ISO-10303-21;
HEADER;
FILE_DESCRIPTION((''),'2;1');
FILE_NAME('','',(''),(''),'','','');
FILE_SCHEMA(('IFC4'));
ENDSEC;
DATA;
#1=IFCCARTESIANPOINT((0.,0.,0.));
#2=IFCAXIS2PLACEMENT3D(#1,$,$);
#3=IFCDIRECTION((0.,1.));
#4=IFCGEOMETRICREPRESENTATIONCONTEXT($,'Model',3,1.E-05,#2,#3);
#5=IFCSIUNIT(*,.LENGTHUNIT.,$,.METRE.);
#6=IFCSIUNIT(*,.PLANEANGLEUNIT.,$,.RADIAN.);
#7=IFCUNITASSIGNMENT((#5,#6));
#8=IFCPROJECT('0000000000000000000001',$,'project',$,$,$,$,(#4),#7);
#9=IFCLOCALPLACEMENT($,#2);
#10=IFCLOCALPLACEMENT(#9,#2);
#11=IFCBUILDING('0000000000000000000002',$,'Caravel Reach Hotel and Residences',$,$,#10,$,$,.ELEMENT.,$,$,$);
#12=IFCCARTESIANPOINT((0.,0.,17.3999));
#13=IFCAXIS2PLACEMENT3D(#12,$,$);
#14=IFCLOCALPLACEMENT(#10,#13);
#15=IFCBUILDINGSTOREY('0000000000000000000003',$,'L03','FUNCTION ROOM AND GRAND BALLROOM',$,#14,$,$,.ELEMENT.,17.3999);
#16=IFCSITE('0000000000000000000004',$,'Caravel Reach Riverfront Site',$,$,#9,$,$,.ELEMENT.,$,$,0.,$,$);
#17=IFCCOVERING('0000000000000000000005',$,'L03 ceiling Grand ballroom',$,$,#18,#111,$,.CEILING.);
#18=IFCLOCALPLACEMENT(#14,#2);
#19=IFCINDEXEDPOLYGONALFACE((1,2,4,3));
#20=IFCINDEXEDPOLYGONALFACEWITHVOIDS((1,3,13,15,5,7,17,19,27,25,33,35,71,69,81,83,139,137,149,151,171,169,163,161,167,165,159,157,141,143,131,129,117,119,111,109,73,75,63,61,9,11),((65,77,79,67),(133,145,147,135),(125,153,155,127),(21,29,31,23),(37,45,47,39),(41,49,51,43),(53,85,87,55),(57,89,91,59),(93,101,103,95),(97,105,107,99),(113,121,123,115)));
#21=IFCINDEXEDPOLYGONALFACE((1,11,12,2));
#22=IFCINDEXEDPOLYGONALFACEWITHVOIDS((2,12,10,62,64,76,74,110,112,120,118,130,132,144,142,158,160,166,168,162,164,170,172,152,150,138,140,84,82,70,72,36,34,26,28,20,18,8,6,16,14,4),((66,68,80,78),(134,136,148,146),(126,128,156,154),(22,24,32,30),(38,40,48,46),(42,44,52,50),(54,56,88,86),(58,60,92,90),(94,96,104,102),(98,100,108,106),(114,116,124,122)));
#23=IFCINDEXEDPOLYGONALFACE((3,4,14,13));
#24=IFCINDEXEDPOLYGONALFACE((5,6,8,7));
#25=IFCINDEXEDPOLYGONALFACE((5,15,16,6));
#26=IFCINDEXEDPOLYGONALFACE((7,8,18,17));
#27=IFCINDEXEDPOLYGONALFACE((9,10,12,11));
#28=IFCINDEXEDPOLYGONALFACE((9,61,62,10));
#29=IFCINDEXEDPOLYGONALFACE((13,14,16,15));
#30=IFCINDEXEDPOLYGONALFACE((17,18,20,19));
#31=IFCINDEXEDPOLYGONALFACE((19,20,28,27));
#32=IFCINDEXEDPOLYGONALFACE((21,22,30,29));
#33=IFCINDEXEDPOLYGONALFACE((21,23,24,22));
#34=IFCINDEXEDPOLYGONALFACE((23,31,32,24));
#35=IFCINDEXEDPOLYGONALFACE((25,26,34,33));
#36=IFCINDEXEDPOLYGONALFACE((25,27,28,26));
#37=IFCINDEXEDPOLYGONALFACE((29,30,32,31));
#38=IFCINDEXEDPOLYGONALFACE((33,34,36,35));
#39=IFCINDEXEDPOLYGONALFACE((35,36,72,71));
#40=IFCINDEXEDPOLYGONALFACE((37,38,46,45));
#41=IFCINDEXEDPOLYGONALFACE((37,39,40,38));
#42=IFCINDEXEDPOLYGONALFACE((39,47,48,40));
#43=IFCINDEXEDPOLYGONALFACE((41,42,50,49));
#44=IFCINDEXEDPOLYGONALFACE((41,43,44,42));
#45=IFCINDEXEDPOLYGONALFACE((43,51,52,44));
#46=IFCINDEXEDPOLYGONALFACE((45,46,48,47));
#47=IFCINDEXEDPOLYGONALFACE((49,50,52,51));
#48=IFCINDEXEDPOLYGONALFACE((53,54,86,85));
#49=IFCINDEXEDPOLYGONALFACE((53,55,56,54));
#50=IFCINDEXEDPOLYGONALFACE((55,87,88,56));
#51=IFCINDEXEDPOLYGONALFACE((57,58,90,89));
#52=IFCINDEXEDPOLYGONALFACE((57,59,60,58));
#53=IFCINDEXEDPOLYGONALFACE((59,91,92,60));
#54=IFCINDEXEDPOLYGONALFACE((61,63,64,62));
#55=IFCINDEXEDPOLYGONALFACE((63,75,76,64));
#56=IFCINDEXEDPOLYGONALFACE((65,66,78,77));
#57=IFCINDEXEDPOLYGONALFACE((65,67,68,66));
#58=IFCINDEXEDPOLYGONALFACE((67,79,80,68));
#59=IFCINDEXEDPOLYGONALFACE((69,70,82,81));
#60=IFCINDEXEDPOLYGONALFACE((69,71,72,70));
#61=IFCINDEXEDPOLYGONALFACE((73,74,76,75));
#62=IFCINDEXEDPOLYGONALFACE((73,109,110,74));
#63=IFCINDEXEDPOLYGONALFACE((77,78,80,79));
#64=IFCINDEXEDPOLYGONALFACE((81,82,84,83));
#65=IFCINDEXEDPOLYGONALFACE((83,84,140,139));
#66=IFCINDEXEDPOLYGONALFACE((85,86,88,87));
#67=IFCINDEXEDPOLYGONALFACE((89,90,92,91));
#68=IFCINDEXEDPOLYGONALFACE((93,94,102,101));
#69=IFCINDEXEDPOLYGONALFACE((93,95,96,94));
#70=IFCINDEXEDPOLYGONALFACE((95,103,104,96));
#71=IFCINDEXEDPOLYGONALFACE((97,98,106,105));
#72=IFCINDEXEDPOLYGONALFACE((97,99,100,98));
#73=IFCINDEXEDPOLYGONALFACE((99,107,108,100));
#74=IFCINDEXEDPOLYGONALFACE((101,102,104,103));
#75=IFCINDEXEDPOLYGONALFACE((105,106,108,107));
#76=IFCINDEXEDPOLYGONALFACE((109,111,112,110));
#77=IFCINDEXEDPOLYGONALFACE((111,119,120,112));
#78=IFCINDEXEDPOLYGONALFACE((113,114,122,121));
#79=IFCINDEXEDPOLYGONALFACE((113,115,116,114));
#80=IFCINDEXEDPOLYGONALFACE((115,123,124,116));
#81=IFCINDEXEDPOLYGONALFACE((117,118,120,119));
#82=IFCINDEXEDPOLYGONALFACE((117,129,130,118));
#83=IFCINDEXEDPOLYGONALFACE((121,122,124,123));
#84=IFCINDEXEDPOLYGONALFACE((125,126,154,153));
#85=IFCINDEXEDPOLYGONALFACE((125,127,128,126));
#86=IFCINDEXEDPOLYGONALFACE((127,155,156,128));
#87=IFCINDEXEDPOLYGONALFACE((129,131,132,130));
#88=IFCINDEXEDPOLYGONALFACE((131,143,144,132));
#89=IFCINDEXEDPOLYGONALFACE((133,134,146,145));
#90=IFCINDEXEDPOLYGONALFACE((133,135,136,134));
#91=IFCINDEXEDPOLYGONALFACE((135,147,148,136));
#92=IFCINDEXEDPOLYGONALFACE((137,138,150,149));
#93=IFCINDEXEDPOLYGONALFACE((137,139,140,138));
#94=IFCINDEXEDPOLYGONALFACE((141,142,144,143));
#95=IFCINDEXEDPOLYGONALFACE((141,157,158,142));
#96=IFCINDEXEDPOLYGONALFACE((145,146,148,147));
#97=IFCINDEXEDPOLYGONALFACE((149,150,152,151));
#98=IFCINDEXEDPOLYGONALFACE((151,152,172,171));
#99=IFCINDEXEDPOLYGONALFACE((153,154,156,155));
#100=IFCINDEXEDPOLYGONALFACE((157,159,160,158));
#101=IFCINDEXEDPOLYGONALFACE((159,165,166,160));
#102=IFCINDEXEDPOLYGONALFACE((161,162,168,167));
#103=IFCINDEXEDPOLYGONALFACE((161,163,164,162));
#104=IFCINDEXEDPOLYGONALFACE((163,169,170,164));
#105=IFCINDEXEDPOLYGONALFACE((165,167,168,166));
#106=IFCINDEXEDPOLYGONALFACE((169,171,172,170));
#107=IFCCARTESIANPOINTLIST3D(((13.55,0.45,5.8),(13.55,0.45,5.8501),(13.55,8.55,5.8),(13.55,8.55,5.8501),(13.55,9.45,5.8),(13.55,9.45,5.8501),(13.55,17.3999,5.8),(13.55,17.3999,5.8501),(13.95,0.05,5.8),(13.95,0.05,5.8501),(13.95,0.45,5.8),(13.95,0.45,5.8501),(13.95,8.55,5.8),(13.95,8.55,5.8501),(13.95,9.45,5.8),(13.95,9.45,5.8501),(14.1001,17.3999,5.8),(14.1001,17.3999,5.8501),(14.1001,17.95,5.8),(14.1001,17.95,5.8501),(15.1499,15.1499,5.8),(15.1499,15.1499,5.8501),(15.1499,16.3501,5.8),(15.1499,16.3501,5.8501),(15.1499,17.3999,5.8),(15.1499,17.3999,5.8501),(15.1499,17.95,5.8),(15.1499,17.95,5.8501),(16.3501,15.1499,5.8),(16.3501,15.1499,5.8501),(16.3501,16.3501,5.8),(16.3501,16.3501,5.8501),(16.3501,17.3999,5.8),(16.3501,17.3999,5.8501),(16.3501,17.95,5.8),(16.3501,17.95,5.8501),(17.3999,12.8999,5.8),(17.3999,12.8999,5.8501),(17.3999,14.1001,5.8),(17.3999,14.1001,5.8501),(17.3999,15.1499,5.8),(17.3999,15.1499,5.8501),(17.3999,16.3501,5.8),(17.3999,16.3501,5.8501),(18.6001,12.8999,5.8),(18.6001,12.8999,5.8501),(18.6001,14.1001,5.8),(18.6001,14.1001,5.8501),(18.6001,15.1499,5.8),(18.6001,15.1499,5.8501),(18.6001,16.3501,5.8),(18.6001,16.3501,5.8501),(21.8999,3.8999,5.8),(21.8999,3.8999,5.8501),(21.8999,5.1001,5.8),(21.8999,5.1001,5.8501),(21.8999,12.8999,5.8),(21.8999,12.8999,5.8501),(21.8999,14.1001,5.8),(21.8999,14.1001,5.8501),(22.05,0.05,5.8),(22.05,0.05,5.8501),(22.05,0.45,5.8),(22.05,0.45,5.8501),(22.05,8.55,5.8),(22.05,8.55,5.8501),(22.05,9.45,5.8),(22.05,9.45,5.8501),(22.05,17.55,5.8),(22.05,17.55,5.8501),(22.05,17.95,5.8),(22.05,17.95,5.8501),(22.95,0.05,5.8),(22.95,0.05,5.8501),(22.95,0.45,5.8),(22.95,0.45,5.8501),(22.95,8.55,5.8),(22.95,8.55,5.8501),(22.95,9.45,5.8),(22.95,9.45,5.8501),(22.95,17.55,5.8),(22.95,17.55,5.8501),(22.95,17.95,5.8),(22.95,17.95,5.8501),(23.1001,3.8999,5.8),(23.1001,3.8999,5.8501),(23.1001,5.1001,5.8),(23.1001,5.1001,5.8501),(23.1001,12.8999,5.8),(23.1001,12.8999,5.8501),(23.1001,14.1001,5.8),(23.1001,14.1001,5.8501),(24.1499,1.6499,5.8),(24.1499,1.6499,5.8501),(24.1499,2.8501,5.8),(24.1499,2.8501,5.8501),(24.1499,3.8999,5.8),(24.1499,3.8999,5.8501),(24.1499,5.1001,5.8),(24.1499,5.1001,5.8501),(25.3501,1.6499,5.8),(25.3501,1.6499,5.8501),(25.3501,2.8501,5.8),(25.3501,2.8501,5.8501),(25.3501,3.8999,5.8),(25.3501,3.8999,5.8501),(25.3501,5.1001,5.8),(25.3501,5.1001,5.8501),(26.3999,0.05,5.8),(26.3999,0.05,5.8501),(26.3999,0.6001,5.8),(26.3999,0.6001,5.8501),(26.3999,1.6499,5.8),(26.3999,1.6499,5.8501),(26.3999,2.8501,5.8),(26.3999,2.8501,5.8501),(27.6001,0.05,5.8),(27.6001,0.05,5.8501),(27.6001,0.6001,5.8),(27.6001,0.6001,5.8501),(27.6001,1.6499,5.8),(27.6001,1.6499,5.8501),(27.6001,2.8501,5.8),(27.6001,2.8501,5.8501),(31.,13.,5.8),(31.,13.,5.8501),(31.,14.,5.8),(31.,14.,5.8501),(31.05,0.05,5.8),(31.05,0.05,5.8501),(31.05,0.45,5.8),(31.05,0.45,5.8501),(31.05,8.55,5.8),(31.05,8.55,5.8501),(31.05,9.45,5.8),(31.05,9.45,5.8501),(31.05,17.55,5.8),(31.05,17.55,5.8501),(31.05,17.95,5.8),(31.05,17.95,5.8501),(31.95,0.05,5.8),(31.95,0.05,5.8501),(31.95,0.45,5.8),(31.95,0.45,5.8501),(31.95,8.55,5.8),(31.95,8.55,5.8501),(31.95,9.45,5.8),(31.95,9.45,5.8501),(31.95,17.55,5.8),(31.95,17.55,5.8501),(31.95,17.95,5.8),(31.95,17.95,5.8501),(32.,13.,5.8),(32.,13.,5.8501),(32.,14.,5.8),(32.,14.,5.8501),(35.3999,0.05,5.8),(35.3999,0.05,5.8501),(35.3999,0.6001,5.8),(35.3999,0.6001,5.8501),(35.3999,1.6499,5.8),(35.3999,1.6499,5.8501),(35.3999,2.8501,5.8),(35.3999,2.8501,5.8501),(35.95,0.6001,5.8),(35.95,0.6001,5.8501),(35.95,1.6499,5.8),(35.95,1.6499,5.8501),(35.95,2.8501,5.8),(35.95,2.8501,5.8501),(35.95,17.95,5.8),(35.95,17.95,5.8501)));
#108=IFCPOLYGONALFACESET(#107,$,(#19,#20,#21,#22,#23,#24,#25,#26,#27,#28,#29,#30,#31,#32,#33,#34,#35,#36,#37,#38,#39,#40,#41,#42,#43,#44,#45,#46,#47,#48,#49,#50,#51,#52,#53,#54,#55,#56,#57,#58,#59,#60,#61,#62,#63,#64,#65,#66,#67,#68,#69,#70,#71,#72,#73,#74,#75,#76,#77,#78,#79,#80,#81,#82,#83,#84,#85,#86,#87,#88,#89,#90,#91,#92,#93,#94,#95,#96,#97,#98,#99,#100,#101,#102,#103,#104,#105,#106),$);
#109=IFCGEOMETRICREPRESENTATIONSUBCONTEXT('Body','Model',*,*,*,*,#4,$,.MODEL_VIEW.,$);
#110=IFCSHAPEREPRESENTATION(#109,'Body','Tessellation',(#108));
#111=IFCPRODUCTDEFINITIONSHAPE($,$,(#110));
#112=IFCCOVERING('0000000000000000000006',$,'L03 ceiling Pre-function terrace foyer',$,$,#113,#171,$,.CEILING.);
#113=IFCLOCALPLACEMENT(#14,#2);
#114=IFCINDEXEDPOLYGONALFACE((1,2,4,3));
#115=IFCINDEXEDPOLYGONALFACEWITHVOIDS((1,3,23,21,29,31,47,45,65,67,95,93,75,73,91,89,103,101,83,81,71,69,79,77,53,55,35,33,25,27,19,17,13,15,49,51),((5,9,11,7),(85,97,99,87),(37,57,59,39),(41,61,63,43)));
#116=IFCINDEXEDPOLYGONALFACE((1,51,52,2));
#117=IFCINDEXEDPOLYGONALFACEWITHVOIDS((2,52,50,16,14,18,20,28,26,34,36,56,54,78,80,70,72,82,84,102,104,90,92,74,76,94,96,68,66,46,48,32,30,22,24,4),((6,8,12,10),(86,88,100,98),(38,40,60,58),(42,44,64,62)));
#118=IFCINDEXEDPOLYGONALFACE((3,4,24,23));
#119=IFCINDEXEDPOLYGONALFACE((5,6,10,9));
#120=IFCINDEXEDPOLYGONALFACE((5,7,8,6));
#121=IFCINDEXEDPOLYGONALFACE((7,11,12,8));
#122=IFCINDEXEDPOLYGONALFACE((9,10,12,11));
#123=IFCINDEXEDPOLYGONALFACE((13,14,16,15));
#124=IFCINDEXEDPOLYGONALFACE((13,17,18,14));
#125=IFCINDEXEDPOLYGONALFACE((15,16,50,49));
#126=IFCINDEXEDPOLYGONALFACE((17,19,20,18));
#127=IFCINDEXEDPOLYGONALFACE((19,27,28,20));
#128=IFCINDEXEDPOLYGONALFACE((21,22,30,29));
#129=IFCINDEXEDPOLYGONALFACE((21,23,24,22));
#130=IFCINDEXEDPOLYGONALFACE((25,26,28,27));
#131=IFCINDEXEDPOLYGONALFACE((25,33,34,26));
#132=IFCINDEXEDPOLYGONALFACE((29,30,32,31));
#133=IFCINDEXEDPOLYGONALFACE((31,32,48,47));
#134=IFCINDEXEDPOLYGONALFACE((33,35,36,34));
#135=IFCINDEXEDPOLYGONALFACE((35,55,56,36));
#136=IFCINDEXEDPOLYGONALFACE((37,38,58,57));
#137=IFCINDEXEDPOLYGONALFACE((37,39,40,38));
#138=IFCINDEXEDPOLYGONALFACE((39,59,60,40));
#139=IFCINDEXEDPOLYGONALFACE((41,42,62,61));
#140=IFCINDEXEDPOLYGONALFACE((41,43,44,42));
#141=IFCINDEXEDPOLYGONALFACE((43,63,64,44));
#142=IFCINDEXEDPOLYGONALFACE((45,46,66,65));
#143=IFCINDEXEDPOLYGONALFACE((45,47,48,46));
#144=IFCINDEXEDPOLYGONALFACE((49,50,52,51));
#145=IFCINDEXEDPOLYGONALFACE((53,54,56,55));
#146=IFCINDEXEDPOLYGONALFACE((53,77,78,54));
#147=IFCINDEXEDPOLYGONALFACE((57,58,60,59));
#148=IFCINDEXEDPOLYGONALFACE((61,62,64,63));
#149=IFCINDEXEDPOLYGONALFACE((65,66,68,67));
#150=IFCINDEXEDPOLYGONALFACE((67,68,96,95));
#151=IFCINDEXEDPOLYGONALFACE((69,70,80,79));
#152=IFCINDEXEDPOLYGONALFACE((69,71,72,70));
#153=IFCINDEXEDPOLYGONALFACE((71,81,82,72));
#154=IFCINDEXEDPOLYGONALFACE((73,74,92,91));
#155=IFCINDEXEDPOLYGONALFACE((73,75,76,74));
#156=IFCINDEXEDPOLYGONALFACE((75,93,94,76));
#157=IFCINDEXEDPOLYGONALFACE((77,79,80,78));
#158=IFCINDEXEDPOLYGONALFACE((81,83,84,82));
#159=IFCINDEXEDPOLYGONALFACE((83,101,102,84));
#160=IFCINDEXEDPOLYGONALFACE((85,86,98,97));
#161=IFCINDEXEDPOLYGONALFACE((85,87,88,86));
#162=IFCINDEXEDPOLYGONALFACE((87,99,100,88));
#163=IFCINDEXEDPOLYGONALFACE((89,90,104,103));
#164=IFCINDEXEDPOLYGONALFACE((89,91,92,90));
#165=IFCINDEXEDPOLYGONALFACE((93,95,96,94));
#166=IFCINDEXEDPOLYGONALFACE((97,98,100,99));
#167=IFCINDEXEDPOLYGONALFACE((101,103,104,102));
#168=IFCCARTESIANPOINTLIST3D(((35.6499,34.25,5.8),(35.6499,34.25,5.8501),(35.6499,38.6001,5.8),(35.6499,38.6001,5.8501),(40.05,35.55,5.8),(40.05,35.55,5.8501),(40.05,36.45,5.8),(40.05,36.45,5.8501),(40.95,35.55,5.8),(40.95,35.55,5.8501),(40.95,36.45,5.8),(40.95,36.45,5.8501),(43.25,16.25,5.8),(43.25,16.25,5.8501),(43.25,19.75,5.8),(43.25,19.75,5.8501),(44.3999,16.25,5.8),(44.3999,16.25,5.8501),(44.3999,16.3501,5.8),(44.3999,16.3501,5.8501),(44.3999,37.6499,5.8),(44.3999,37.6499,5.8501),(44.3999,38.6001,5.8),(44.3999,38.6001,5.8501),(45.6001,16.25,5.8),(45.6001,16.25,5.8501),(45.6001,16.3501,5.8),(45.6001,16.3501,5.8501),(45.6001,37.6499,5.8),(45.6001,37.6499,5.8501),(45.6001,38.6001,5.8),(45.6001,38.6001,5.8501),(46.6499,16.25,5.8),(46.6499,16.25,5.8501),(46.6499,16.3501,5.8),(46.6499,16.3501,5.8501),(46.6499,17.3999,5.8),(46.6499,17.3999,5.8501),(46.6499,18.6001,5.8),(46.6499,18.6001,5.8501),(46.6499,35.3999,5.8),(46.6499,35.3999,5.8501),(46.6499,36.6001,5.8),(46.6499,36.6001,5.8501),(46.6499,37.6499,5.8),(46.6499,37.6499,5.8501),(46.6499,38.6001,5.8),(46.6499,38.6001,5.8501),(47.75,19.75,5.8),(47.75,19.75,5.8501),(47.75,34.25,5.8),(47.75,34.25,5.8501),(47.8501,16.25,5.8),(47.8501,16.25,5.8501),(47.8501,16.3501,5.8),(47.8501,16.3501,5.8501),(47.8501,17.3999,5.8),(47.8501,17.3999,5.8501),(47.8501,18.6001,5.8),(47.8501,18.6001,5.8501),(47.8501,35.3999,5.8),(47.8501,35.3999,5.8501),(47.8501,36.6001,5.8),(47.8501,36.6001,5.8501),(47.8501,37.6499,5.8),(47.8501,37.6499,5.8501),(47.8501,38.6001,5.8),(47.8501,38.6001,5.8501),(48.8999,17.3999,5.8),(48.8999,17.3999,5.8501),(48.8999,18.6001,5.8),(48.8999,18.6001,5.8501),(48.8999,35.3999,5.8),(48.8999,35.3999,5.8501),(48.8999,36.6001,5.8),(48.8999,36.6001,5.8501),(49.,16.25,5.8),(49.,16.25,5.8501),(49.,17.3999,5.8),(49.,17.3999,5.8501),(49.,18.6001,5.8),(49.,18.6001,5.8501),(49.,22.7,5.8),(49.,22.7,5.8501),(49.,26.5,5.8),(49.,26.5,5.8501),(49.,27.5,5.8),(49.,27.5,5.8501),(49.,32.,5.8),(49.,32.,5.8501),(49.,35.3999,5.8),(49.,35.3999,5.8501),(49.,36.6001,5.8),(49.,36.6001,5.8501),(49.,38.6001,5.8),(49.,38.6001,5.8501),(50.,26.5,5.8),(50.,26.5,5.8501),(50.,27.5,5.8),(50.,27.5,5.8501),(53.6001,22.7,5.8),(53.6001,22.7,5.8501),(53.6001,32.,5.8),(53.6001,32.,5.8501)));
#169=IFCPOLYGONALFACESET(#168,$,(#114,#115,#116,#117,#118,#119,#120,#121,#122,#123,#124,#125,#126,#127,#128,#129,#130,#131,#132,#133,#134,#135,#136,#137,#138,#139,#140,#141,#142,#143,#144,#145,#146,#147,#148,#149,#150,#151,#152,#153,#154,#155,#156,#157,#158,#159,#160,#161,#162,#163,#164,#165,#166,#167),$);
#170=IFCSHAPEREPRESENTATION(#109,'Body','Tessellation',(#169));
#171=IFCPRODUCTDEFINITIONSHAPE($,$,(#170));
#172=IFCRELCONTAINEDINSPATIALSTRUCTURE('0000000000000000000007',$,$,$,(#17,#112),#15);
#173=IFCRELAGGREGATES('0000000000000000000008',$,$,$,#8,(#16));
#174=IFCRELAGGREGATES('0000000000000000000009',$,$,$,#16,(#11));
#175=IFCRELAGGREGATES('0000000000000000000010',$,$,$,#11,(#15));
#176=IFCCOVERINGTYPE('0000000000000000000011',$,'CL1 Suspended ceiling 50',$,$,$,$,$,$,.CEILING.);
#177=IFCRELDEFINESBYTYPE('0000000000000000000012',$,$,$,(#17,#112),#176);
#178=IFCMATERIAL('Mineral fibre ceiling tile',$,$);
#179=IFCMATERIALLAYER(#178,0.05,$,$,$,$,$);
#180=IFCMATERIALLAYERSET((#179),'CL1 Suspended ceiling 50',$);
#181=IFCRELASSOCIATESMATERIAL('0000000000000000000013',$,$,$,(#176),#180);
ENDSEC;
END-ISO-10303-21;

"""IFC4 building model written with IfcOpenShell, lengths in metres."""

from ifc_helpers import new_model, si_unit, direction, frame, origin, place, context, subcontext, project, spatial, polyline, outline, extrude, material, layer, layer_set, type_object, element, save


model = new_model("IFC4")

# Units and contexts
model_context = context("Model", 3, precision=1e-05, world=origin(), true_north=direction((0.0, 1.0)))
body_context = subcontext(model_context, "Body", "Model", "MODEL_VIEW")
ifc_project = project(units=[si_unit("LENGTHUNIT", "METRE"), si_unit("PLANEANGLEUNIT", "RADIAN")], contexts=[model_context])

# Site, building, storey
site_placement = place(None, origin())
site = spatial("IfcSite", under=ifc_project, at=site_placement, Name="Caravel Reach Riverfront Site", CompositionType="ELEMENT", RefElevation=0.0)
building_placement = place(site_placement, origin())
building = spatial("IfcBuilding", under=site, at=building_placement, Name="Caravel Reach Hotel and Residences", CompositionType="ELEMENT")
storey_placement = place(building_placement, frame((0.0, 0.0, 17.3999)))
storey = spatial("IfcBuildingStorey", under=building, at=storey_placement, Name="L03", Description="FUNCTION ROOM AND GRAND BALLROOM", CompositionType="ELEMENT", Elevation=17.3999)

# Coverings
ifc_material_1 = material(Name="Mineral fibre ceiling tile")
ifc_layer_1 = layer(ifc_material_1, 0.05)
ifc_layer_set_1 = layer_set([ifc_layer_1], Name="CL1 Suspended ceiling 50")
covering_type = type_object("IfcCoveringType", Name="CL1 Suspended ceiling 50", PredefinedType="CEILING", material=ifc_layer_set_1)
covering_1_placement = place(storey_placement, frame((0.0, 0.0, 5.8)))
element("IfcCovering", 1, at=covering_1_placement, inside=storey, type_object=covering_type, Name="L03 ceiling Grand ballroom", PredefinedType="CEILING", context=body_context, shape_type="SweptSolid", body=[
    extrude(outline(polyline([(22.05, 0.05), (22.05, 0.45), (22.95, 0.45), (22.95, 0.05), (26.3999, 0.05), (26.3999, 0.6001), (27.6001, 0.6001), (27.6001, 0.05), (31.05, 0.05), (31.05, 0.45), (31.95, 0.45), (31.95, 0.05), (35.3999, 0.05), (35.3999, 0.6001), (35.95, 0.6001), (35.95, 1.6499), (35.3999, 1.6499), (35.3999, 2.8501), (35.95, 2.8501), (35.95, 17.95), (31.95, 17.95), (31.95, 17.55), (31.05, 17.55), (31.05, 17.95), (22.95, 17.95), (22.95, 17.55), (22.05, 17.55), (22.05, 17.95), (16.3501, 17.95), (16.3501, 17.3999), (15.1499, 17.3999), (15.1499, 17.95), (14.1001, 17.95), (14.1001, 17.3999), (13.55, 17.3999), (13.55, 9.45), (13.95, 9.45), (13.95, 8.55), (13.55, 8.55), (13.55, 0.45), (13.95, 0.45), (13.95, 0.05), (22.05, 0.05)]), holes=[polyline([(21.8999, 5.1001), (23.1001, 5.1001), (23.1001, 3.8999), (21.8999, 3.8999), (21.8999, 5.1001)]), polyline([(25.3501, 5.1001), (25.3501, 3.8999), (24.1499, 3.8999), (24.1499, 5.1001), (25.3501, 5.1001)]), polyline([(25.3501, 1.6499), (24.1499, 1.6499), (24.1499, 2.8501), (25.3501, 2.8501), (25.3501, 1.6499)]), polyline([(26.3999, 1.6499), (26.3999, 2.8501), (27.6001, 2.8501), (27.6001, 1.6499), (26.3999, 1.6499)]), polyline([(15.1499, 16.3501), (16.3501, 16.3501), (16.3501, 15.1499), (15.1499, 15.1499), (15.1499, 16.3501)]), polyline([(18.6001, 16.3501), (18.6001, 15.1499), (17.3999, 15.1499), (17.3999, 16.3501), (18.6001, 16.3501)]), polyline([(18.6001, 12.8999), (17.3999, 12.8999), (17.3999, 14.1001), (18.6001, 14.1001), (18.6001, 12.8999)]), polyline([(21.8999, 12.8999), (21.8999, 14.1001), (23.1001, 14.1001), (23.1001, 12.8999), (21.8999, 12.8999)]), polyline([(32.0, 14.0), (32.0, 13.0), (31.0, 13.0), (31.0, 14.0), (32.0, 14.0)]), polyline([(22.95, 9.45), (22.95, 8.55), (22.05, 8.55), (22.05, 9.45), (22.95, 9.45)]), polyline([(31.95, 9.45), (31.95, 8.55), (31.05, 8.55), (31.05, 9.45), (31.95, 9.45)])]), origin(), (0.0, 0.0, 1.0), 0.05),
])
covering_2_placement = place(storey_placement, frame((0.0, 0.0, 5.8)))
element("IfcCovering", 2, at=covering_2_placement, inside=storey, type_object=covering_type, Name="L03 ceiling Pre-function terrace foyer", PredefinedType="CEILING", context=body_context, shape_type="SweptSolid", body=[
    extrude(outline(polyline([(49.0, 16.25), (49.0, 17.3999), (48.8999, 17.3999), (48.8999, 18.6001), (49.0, 18.6001), (49.0, 22.7), (53.6001, 22.7), (53.6001, 32.0), (49.0, 32.0), (49.0, 35.3999), (48.8999, 35.3999), (48.8999, 36.6001), (49.0, 36.6001), (49.0, 38.6001), (47.8501, 38.6001), (47.8501, 37.6499), (46.6499, 37.6499), (46.6499, 38.6001), (45.6001, 38.6001), (45.6001, 37.6499), (44.3999, 37.6499), (44.3999, 38.6001), (35.6499, 38.6001), (35.6499, 34.25), (47.75, 34.25), (47.75, 19.75), (43.25, 19.75), (43.25, 16.25), (44.3999, 16.25), (44.3999, 16.3501), (45.6001, 16.3501), (45.6001, 16.25), (46.6499, 16.25), (46.6499, 16.3501), (47.8501, 16.3501), (47.8501, 16.25), (49.0, 16.25)]), holes=[polyline([(47.8501, 17.3999), (46.6499, 17.3999), (46.6499, 18.6001), (47.8501, 18.6001), (47.8501, 17.3999)]), polyline([(46.6499, 35.3999), (46.6499, 36.6001), (47.8501, 36.6001), (47.8501, 35.3999), (46.6499, 35.3999)]), polyline([(49.0, 26.5), (49.0, 27.5), (50.0, 27.5), (50.0, 26.5), (49.0, 26.5)]), polyline([(40.05, 35.55), (40.05, 36.45), (40.95, 36.45), (40.95, 35.55), (40.05, 35.55)])]), origin(), (0.0, 0.0, 1.0), 0.05),
])

save(model, "model.ifc")
